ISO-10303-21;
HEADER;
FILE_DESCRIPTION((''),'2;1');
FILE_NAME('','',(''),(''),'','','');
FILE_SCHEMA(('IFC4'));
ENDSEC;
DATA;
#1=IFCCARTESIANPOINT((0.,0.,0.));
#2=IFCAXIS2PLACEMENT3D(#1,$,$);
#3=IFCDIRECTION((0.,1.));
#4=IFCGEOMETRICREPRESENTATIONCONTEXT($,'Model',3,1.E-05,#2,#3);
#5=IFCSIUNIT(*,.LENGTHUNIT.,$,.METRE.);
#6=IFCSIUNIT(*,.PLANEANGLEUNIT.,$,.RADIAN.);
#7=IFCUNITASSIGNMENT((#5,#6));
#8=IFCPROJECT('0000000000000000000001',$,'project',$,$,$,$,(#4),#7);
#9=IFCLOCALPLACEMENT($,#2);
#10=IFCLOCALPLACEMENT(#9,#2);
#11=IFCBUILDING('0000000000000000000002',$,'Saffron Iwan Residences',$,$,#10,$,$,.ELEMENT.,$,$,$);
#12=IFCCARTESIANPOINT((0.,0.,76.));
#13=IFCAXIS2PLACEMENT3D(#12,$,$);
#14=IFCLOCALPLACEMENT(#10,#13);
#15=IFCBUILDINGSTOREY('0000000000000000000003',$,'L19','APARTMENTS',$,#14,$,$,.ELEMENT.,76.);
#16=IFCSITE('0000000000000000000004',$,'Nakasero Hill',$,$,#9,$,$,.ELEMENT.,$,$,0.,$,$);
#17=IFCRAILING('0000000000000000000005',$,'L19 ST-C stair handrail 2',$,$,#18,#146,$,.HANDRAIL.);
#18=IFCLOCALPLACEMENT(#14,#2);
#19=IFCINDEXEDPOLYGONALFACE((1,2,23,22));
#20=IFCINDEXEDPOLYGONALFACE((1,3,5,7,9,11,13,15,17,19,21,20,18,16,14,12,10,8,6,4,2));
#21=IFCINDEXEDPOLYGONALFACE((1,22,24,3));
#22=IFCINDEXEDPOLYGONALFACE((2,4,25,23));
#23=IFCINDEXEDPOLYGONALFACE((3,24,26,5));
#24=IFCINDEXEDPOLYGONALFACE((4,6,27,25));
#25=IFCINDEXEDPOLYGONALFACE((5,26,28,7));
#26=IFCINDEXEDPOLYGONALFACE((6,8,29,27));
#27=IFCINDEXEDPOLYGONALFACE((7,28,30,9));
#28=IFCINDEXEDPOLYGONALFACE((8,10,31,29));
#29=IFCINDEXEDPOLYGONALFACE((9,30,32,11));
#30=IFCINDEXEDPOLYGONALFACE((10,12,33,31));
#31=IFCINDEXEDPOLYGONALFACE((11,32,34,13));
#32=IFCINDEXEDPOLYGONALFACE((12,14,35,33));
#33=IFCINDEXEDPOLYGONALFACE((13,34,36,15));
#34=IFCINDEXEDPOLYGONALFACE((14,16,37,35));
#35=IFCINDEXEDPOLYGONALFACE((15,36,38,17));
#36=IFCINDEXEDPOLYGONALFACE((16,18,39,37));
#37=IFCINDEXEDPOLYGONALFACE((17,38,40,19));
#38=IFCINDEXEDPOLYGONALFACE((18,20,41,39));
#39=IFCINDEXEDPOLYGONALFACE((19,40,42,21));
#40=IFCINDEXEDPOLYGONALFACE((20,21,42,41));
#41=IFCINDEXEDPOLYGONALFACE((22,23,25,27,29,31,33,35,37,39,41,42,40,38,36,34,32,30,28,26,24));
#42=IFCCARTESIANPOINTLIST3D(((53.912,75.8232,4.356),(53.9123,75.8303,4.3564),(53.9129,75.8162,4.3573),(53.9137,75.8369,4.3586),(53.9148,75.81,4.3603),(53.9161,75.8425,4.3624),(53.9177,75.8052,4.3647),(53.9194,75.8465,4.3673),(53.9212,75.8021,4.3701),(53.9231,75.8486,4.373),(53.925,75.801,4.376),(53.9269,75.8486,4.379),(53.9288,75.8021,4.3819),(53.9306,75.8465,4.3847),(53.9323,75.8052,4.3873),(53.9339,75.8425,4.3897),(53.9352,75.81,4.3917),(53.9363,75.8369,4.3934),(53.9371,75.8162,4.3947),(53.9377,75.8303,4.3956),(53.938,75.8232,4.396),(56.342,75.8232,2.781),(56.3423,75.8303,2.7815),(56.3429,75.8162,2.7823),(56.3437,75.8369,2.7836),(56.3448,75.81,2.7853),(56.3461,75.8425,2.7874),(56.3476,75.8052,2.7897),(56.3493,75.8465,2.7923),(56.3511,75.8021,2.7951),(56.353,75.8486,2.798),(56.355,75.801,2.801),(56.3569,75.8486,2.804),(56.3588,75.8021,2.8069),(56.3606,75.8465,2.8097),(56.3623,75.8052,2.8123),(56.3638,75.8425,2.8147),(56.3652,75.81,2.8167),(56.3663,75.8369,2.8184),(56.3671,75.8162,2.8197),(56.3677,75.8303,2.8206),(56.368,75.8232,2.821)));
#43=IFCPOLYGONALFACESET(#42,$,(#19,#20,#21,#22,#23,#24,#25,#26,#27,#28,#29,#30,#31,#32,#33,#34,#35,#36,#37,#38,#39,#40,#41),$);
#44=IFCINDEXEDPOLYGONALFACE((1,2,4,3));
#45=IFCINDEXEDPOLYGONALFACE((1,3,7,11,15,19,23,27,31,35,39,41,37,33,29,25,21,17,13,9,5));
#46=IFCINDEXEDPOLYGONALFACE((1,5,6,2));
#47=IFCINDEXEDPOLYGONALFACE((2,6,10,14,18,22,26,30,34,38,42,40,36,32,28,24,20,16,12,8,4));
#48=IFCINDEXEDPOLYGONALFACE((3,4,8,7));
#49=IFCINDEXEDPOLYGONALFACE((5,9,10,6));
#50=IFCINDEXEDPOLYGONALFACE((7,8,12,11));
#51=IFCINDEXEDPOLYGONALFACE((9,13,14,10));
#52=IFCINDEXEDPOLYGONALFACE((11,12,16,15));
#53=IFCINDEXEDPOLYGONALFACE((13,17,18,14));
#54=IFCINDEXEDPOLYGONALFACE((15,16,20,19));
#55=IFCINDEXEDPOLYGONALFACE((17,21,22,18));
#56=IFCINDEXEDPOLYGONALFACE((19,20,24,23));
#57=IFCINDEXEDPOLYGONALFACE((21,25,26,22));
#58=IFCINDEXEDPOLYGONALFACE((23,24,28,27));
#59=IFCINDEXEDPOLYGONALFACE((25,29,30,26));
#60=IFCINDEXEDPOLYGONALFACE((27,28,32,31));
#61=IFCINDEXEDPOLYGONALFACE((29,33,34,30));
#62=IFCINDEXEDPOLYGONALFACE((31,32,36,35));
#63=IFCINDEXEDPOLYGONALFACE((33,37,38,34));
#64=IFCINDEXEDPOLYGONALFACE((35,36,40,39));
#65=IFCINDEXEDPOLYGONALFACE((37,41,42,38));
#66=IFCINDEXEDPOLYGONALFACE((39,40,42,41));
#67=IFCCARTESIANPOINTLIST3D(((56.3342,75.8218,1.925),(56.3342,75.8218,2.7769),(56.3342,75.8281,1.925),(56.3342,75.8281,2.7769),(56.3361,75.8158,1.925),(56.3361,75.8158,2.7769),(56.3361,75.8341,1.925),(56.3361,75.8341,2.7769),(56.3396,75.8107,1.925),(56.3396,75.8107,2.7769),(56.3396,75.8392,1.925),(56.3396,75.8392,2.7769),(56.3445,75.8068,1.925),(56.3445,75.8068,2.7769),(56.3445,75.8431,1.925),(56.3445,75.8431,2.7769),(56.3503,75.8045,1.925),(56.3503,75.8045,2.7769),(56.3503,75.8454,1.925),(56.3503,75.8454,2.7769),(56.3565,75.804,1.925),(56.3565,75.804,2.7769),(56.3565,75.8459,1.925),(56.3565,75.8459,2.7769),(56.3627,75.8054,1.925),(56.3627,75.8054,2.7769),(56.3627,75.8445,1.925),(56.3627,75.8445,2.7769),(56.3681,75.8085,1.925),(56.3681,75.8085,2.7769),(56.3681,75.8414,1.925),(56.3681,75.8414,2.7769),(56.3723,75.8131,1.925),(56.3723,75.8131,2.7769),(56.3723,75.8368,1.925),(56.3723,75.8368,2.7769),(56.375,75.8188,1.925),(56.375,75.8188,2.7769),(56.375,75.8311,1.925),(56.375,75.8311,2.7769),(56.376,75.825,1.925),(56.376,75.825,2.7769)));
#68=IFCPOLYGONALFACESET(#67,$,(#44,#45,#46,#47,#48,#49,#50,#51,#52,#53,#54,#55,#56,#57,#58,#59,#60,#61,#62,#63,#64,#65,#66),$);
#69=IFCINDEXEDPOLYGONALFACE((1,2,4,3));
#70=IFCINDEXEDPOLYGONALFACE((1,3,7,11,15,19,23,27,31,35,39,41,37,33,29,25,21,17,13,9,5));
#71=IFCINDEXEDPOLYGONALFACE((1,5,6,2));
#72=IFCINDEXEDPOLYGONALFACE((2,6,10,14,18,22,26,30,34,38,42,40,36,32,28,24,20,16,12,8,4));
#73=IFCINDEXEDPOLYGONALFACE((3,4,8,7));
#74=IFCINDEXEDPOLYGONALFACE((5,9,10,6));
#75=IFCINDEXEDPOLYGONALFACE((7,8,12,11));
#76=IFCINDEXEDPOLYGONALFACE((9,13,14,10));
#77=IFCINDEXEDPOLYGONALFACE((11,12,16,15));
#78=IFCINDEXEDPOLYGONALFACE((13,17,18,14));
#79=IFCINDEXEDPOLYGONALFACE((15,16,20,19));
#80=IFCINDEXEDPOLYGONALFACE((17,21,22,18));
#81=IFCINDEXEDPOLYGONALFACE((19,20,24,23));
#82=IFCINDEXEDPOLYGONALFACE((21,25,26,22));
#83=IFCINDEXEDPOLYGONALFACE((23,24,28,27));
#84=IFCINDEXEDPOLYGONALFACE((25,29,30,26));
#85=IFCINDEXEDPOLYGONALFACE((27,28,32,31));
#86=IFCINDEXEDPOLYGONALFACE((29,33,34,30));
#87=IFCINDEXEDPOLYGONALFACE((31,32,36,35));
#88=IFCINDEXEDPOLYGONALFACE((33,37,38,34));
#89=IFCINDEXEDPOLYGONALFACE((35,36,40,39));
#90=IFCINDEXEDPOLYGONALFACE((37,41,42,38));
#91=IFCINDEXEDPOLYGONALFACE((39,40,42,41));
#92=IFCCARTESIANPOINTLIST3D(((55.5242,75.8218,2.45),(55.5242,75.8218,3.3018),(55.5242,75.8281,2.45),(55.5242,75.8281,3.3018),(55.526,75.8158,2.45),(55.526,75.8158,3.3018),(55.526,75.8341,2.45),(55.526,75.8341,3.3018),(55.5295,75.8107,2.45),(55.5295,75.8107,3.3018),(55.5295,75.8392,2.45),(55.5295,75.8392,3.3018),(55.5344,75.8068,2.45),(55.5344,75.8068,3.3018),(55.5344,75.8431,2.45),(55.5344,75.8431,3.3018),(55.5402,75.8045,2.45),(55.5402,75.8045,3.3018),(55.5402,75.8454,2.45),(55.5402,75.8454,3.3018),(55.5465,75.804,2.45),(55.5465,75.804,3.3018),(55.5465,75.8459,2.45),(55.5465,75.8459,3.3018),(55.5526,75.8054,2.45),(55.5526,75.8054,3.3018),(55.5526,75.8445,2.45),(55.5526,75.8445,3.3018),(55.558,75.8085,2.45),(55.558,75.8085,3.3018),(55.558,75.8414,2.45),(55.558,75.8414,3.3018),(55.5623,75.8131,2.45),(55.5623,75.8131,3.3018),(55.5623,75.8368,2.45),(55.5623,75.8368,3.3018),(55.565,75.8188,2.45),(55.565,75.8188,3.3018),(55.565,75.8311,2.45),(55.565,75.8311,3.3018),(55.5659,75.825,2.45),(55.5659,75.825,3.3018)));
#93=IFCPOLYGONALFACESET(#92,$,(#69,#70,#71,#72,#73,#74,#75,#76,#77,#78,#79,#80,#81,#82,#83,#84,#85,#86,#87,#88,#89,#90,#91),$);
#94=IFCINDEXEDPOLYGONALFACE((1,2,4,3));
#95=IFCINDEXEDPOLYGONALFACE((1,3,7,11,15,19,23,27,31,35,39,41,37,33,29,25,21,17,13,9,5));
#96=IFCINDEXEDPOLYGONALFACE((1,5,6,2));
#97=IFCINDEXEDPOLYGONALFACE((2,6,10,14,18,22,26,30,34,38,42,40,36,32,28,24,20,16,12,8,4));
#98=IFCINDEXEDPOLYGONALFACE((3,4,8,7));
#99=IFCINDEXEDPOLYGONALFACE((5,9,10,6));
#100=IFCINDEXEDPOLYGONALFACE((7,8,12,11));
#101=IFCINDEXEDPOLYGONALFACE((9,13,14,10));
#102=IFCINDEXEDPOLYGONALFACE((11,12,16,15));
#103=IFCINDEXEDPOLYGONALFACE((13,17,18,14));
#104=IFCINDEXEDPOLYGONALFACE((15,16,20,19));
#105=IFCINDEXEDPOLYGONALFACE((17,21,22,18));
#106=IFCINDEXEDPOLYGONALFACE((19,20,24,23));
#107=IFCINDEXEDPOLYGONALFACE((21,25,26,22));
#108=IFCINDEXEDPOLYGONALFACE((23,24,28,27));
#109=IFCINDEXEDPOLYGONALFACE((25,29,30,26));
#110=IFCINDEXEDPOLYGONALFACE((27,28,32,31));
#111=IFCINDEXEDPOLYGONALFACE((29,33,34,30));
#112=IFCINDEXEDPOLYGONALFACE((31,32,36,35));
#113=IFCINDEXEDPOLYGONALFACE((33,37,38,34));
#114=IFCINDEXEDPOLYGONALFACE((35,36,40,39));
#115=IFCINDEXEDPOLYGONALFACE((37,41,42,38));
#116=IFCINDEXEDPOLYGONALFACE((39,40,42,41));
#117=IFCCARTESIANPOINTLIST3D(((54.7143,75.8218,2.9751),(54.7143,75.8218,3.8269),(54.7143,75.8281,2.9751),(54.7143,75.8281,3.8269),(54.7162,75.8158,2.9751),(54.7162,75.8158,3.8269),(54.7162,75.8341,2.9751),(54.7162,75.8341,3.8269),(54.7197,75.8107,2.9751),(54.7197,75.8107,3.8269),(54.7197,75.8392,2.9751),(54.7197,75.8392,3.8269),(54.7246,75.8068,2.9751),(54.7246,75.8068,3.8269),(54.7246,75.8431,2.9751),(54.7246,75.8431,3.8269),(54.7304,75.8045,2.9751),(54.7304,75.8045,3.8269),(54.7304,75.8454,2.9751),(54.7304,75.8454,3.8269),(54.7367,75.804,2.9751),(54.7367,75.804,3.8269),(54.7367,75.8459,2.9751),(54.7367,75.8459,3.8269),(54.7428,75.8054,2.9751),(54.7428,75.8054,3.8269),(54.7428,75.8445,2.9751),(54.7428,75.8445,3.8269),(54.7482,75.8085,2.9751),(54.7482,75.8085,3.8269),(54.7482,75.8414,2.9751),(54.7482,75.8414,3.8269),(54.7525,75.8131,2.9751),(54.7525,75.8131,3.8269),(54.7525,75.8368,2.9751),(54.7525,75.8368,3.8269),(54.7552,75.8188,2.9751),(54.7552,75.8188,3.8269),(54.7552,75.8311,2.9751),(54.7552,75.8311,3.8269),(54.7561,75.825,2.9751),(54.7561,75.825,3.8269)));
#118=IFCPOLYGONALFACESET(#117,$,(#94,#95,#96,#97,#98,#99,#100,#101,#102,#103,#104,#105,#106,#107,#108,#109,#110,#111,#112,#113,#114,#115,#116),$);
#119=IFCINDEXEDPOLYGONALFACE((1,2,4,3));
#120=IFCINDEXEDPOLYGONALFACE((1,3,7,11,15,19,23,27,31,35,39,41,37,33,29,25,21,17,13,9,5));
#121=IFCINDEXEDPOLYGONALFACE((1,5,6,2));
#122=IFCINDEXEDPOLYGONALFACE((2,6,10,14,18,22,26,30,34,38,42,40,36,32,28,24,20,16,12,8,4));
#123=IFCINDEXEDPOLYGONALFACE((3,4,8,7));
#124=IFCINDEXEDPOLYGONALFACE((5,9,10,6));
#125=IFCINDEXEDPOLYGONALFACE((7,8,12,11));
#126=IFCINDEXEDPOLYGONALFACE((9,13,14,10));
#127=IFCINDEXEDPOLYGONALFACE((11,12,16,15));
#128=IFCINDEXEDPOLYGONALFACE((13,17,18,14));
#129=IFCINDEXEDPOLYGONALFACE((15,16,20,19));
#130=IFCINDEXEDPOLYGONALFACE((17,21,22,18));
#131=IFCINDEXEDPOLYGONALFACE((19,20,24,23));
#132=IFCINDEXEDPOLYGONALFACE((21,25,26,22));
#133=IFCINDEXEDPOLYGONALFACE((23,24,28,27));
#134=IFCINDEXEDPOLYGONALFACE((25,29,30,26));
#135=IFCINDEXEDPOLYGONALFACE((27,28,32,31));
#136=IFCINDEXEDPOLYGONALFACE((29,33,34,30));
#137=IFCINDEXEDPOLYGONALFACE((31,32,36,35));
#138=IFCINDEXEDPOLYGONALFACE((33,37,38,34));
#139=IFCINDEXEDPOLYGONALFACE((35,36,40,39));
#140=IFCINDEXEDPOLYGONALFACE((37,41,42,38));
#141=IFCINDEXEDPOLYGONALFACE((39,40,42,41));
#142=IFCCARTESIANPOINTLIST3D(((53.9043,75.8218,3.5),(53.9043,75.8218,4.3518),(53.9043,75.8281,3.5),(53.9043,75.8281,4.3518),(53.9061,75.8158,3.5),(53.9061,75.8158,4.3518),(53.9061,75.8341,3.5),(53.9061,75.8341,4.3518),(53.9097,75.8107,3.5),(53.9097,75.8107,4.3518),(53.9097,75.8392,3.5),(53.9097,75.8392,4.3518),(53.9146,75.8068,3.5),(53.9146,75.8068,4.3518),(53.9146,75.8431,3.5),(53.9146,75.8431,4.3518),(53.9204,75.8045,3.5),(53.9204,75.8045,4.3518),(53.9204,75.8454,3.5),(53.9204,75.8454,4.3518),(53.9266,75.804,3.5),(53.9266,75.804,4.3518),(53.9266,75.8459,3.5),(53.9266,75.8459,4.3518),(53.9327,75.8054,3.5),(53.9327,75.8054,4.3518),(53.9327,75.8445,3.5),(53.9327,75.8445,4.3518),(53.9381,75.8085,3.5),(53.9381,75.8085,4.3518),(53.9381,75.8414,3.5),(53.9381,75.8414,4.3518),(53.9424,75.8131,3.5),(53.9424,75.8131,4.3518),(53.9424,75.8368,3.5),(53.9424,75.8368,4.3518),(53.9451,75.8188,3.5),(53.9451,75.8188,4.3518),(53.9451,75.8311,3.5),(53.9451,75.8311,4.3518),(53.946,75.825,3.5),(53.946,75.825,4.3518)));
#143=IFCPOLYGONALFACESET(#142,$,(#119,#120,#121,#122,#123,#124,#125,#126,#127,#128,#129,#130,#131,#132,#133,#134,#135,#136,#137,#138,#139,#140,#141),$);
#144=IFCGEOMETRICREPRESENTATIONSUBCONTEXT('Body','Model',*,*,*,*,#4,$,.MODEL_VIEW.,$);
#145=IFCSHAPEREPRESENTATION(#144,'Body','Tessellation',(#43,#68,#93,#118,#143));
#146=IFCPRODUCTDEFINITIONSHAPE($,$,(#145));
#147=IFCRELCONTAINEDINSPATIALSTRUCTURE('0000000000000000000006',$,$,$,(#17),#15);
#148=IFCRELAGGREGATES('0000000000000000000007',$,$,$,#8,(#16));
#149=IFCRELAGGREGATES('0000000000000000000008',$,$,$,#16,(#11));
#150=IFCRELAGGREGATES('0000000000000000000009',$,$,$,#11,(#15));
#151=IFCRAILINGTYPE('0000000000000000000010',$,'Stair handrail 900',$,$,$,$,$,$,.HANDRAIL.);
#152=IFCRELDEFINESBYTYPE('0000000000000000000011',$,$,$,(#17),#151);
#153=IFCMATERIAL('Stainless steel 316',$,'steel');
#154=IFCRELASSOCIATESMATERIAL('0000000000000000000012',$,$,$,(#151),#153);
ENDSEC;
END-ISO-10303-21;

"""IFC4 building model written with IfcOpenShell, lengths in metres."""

from ifc_helpers import new_model, si_unit, direction, frame, origin, origin_2d, place, context, subcontext, project, spatial, circle, extrude, material, type_object, element, save


model = new_model("IFC4")

# Units and contexts
model_context = context("Model", 3, precision=1e-05, world=origin(), true_north=direction((0.0, 1.0)))
body_context = subcontext(model_context, "Body", "Model", "MODEL_VIEW")
ifc_project = project(units=[si_unit("LENGTHUNIT", "METRE"), si_unit("PLANEANGLEUNIT", "RADIAN")], contexts=[model_context])

# Site, building, storey
site_placement = place(None, origin())
site = spatial("IfcSite", under=ifc_project, at=site_placement, Name="Nakasero Hill", CompositionType="ELEMENT", RefElevation=0.0)
building_placement = place(site_placement, origin())
building = spatial("IfcBuilding", under=site, at=building_placement, Name="Saffron Iwan Residences", CompositionType="ELEMENT")
storey_placement = place(building_placement, frame((0.0, 0.0, 76.0)))
storey = spatial("IfcBuildingStorey", under=building, at=storey_placement, Name="L19", Description="APARTMENTS", CompositionType="ELEMENT", Elevation=76.0)

# Railing
ifc_material_1 = material(Name="Stainless steel 316", Category="steel")
railing_type = type_object("IfcRailingType", Name="Stair handrail 900", PredefinedType="HANDRAIL", material=ifc_material_1)
railing_1_placement = place(storey_placement, frame((56.355, 75.825, 1.925)))
element("IfcRailing", 1, at=railing_1_placement, inside=storey, type_object=railing_type, Name="L19 ST-C stair handrail 2", PredefinedType="HANDRAIL", context=body_context, shape_type="SweptSolid", body=[
    extrude(circle(Radius=0.0239, at=origin_2d()), frame((0.0, 0.0, 0.876), z_axis=(-0.839154, 0.0, 0.543894), x_axis=(0.0, -1.0, 0.0)), (0.0, 0.0, 1.0), 2.8958),
    extrude(circle(Radius=0.021, at=origin_2d()), origin(), (0.0, 0.0, 1.0), 0.8518),
    extrude(circle(Radius=0.021, at=origin_2d()), frame((-0.8101, 0.0, 0.5249)), (0.0, 0.0, 1.0), 0.8518),
    extrude(circle(Radius=0.021, at=origin_2d()), frame((-1.6199, 0.0, 1.05)), (0.0, 0.0, 1.0), 0.8518),
    extrude(circle(Radius=0.021, at=origin_2d()), frame((-2.4299, 0.0, 1.575)), (0.0, 0.0, 1.0), 0.8518),
])

save(model, "model.ifc")
